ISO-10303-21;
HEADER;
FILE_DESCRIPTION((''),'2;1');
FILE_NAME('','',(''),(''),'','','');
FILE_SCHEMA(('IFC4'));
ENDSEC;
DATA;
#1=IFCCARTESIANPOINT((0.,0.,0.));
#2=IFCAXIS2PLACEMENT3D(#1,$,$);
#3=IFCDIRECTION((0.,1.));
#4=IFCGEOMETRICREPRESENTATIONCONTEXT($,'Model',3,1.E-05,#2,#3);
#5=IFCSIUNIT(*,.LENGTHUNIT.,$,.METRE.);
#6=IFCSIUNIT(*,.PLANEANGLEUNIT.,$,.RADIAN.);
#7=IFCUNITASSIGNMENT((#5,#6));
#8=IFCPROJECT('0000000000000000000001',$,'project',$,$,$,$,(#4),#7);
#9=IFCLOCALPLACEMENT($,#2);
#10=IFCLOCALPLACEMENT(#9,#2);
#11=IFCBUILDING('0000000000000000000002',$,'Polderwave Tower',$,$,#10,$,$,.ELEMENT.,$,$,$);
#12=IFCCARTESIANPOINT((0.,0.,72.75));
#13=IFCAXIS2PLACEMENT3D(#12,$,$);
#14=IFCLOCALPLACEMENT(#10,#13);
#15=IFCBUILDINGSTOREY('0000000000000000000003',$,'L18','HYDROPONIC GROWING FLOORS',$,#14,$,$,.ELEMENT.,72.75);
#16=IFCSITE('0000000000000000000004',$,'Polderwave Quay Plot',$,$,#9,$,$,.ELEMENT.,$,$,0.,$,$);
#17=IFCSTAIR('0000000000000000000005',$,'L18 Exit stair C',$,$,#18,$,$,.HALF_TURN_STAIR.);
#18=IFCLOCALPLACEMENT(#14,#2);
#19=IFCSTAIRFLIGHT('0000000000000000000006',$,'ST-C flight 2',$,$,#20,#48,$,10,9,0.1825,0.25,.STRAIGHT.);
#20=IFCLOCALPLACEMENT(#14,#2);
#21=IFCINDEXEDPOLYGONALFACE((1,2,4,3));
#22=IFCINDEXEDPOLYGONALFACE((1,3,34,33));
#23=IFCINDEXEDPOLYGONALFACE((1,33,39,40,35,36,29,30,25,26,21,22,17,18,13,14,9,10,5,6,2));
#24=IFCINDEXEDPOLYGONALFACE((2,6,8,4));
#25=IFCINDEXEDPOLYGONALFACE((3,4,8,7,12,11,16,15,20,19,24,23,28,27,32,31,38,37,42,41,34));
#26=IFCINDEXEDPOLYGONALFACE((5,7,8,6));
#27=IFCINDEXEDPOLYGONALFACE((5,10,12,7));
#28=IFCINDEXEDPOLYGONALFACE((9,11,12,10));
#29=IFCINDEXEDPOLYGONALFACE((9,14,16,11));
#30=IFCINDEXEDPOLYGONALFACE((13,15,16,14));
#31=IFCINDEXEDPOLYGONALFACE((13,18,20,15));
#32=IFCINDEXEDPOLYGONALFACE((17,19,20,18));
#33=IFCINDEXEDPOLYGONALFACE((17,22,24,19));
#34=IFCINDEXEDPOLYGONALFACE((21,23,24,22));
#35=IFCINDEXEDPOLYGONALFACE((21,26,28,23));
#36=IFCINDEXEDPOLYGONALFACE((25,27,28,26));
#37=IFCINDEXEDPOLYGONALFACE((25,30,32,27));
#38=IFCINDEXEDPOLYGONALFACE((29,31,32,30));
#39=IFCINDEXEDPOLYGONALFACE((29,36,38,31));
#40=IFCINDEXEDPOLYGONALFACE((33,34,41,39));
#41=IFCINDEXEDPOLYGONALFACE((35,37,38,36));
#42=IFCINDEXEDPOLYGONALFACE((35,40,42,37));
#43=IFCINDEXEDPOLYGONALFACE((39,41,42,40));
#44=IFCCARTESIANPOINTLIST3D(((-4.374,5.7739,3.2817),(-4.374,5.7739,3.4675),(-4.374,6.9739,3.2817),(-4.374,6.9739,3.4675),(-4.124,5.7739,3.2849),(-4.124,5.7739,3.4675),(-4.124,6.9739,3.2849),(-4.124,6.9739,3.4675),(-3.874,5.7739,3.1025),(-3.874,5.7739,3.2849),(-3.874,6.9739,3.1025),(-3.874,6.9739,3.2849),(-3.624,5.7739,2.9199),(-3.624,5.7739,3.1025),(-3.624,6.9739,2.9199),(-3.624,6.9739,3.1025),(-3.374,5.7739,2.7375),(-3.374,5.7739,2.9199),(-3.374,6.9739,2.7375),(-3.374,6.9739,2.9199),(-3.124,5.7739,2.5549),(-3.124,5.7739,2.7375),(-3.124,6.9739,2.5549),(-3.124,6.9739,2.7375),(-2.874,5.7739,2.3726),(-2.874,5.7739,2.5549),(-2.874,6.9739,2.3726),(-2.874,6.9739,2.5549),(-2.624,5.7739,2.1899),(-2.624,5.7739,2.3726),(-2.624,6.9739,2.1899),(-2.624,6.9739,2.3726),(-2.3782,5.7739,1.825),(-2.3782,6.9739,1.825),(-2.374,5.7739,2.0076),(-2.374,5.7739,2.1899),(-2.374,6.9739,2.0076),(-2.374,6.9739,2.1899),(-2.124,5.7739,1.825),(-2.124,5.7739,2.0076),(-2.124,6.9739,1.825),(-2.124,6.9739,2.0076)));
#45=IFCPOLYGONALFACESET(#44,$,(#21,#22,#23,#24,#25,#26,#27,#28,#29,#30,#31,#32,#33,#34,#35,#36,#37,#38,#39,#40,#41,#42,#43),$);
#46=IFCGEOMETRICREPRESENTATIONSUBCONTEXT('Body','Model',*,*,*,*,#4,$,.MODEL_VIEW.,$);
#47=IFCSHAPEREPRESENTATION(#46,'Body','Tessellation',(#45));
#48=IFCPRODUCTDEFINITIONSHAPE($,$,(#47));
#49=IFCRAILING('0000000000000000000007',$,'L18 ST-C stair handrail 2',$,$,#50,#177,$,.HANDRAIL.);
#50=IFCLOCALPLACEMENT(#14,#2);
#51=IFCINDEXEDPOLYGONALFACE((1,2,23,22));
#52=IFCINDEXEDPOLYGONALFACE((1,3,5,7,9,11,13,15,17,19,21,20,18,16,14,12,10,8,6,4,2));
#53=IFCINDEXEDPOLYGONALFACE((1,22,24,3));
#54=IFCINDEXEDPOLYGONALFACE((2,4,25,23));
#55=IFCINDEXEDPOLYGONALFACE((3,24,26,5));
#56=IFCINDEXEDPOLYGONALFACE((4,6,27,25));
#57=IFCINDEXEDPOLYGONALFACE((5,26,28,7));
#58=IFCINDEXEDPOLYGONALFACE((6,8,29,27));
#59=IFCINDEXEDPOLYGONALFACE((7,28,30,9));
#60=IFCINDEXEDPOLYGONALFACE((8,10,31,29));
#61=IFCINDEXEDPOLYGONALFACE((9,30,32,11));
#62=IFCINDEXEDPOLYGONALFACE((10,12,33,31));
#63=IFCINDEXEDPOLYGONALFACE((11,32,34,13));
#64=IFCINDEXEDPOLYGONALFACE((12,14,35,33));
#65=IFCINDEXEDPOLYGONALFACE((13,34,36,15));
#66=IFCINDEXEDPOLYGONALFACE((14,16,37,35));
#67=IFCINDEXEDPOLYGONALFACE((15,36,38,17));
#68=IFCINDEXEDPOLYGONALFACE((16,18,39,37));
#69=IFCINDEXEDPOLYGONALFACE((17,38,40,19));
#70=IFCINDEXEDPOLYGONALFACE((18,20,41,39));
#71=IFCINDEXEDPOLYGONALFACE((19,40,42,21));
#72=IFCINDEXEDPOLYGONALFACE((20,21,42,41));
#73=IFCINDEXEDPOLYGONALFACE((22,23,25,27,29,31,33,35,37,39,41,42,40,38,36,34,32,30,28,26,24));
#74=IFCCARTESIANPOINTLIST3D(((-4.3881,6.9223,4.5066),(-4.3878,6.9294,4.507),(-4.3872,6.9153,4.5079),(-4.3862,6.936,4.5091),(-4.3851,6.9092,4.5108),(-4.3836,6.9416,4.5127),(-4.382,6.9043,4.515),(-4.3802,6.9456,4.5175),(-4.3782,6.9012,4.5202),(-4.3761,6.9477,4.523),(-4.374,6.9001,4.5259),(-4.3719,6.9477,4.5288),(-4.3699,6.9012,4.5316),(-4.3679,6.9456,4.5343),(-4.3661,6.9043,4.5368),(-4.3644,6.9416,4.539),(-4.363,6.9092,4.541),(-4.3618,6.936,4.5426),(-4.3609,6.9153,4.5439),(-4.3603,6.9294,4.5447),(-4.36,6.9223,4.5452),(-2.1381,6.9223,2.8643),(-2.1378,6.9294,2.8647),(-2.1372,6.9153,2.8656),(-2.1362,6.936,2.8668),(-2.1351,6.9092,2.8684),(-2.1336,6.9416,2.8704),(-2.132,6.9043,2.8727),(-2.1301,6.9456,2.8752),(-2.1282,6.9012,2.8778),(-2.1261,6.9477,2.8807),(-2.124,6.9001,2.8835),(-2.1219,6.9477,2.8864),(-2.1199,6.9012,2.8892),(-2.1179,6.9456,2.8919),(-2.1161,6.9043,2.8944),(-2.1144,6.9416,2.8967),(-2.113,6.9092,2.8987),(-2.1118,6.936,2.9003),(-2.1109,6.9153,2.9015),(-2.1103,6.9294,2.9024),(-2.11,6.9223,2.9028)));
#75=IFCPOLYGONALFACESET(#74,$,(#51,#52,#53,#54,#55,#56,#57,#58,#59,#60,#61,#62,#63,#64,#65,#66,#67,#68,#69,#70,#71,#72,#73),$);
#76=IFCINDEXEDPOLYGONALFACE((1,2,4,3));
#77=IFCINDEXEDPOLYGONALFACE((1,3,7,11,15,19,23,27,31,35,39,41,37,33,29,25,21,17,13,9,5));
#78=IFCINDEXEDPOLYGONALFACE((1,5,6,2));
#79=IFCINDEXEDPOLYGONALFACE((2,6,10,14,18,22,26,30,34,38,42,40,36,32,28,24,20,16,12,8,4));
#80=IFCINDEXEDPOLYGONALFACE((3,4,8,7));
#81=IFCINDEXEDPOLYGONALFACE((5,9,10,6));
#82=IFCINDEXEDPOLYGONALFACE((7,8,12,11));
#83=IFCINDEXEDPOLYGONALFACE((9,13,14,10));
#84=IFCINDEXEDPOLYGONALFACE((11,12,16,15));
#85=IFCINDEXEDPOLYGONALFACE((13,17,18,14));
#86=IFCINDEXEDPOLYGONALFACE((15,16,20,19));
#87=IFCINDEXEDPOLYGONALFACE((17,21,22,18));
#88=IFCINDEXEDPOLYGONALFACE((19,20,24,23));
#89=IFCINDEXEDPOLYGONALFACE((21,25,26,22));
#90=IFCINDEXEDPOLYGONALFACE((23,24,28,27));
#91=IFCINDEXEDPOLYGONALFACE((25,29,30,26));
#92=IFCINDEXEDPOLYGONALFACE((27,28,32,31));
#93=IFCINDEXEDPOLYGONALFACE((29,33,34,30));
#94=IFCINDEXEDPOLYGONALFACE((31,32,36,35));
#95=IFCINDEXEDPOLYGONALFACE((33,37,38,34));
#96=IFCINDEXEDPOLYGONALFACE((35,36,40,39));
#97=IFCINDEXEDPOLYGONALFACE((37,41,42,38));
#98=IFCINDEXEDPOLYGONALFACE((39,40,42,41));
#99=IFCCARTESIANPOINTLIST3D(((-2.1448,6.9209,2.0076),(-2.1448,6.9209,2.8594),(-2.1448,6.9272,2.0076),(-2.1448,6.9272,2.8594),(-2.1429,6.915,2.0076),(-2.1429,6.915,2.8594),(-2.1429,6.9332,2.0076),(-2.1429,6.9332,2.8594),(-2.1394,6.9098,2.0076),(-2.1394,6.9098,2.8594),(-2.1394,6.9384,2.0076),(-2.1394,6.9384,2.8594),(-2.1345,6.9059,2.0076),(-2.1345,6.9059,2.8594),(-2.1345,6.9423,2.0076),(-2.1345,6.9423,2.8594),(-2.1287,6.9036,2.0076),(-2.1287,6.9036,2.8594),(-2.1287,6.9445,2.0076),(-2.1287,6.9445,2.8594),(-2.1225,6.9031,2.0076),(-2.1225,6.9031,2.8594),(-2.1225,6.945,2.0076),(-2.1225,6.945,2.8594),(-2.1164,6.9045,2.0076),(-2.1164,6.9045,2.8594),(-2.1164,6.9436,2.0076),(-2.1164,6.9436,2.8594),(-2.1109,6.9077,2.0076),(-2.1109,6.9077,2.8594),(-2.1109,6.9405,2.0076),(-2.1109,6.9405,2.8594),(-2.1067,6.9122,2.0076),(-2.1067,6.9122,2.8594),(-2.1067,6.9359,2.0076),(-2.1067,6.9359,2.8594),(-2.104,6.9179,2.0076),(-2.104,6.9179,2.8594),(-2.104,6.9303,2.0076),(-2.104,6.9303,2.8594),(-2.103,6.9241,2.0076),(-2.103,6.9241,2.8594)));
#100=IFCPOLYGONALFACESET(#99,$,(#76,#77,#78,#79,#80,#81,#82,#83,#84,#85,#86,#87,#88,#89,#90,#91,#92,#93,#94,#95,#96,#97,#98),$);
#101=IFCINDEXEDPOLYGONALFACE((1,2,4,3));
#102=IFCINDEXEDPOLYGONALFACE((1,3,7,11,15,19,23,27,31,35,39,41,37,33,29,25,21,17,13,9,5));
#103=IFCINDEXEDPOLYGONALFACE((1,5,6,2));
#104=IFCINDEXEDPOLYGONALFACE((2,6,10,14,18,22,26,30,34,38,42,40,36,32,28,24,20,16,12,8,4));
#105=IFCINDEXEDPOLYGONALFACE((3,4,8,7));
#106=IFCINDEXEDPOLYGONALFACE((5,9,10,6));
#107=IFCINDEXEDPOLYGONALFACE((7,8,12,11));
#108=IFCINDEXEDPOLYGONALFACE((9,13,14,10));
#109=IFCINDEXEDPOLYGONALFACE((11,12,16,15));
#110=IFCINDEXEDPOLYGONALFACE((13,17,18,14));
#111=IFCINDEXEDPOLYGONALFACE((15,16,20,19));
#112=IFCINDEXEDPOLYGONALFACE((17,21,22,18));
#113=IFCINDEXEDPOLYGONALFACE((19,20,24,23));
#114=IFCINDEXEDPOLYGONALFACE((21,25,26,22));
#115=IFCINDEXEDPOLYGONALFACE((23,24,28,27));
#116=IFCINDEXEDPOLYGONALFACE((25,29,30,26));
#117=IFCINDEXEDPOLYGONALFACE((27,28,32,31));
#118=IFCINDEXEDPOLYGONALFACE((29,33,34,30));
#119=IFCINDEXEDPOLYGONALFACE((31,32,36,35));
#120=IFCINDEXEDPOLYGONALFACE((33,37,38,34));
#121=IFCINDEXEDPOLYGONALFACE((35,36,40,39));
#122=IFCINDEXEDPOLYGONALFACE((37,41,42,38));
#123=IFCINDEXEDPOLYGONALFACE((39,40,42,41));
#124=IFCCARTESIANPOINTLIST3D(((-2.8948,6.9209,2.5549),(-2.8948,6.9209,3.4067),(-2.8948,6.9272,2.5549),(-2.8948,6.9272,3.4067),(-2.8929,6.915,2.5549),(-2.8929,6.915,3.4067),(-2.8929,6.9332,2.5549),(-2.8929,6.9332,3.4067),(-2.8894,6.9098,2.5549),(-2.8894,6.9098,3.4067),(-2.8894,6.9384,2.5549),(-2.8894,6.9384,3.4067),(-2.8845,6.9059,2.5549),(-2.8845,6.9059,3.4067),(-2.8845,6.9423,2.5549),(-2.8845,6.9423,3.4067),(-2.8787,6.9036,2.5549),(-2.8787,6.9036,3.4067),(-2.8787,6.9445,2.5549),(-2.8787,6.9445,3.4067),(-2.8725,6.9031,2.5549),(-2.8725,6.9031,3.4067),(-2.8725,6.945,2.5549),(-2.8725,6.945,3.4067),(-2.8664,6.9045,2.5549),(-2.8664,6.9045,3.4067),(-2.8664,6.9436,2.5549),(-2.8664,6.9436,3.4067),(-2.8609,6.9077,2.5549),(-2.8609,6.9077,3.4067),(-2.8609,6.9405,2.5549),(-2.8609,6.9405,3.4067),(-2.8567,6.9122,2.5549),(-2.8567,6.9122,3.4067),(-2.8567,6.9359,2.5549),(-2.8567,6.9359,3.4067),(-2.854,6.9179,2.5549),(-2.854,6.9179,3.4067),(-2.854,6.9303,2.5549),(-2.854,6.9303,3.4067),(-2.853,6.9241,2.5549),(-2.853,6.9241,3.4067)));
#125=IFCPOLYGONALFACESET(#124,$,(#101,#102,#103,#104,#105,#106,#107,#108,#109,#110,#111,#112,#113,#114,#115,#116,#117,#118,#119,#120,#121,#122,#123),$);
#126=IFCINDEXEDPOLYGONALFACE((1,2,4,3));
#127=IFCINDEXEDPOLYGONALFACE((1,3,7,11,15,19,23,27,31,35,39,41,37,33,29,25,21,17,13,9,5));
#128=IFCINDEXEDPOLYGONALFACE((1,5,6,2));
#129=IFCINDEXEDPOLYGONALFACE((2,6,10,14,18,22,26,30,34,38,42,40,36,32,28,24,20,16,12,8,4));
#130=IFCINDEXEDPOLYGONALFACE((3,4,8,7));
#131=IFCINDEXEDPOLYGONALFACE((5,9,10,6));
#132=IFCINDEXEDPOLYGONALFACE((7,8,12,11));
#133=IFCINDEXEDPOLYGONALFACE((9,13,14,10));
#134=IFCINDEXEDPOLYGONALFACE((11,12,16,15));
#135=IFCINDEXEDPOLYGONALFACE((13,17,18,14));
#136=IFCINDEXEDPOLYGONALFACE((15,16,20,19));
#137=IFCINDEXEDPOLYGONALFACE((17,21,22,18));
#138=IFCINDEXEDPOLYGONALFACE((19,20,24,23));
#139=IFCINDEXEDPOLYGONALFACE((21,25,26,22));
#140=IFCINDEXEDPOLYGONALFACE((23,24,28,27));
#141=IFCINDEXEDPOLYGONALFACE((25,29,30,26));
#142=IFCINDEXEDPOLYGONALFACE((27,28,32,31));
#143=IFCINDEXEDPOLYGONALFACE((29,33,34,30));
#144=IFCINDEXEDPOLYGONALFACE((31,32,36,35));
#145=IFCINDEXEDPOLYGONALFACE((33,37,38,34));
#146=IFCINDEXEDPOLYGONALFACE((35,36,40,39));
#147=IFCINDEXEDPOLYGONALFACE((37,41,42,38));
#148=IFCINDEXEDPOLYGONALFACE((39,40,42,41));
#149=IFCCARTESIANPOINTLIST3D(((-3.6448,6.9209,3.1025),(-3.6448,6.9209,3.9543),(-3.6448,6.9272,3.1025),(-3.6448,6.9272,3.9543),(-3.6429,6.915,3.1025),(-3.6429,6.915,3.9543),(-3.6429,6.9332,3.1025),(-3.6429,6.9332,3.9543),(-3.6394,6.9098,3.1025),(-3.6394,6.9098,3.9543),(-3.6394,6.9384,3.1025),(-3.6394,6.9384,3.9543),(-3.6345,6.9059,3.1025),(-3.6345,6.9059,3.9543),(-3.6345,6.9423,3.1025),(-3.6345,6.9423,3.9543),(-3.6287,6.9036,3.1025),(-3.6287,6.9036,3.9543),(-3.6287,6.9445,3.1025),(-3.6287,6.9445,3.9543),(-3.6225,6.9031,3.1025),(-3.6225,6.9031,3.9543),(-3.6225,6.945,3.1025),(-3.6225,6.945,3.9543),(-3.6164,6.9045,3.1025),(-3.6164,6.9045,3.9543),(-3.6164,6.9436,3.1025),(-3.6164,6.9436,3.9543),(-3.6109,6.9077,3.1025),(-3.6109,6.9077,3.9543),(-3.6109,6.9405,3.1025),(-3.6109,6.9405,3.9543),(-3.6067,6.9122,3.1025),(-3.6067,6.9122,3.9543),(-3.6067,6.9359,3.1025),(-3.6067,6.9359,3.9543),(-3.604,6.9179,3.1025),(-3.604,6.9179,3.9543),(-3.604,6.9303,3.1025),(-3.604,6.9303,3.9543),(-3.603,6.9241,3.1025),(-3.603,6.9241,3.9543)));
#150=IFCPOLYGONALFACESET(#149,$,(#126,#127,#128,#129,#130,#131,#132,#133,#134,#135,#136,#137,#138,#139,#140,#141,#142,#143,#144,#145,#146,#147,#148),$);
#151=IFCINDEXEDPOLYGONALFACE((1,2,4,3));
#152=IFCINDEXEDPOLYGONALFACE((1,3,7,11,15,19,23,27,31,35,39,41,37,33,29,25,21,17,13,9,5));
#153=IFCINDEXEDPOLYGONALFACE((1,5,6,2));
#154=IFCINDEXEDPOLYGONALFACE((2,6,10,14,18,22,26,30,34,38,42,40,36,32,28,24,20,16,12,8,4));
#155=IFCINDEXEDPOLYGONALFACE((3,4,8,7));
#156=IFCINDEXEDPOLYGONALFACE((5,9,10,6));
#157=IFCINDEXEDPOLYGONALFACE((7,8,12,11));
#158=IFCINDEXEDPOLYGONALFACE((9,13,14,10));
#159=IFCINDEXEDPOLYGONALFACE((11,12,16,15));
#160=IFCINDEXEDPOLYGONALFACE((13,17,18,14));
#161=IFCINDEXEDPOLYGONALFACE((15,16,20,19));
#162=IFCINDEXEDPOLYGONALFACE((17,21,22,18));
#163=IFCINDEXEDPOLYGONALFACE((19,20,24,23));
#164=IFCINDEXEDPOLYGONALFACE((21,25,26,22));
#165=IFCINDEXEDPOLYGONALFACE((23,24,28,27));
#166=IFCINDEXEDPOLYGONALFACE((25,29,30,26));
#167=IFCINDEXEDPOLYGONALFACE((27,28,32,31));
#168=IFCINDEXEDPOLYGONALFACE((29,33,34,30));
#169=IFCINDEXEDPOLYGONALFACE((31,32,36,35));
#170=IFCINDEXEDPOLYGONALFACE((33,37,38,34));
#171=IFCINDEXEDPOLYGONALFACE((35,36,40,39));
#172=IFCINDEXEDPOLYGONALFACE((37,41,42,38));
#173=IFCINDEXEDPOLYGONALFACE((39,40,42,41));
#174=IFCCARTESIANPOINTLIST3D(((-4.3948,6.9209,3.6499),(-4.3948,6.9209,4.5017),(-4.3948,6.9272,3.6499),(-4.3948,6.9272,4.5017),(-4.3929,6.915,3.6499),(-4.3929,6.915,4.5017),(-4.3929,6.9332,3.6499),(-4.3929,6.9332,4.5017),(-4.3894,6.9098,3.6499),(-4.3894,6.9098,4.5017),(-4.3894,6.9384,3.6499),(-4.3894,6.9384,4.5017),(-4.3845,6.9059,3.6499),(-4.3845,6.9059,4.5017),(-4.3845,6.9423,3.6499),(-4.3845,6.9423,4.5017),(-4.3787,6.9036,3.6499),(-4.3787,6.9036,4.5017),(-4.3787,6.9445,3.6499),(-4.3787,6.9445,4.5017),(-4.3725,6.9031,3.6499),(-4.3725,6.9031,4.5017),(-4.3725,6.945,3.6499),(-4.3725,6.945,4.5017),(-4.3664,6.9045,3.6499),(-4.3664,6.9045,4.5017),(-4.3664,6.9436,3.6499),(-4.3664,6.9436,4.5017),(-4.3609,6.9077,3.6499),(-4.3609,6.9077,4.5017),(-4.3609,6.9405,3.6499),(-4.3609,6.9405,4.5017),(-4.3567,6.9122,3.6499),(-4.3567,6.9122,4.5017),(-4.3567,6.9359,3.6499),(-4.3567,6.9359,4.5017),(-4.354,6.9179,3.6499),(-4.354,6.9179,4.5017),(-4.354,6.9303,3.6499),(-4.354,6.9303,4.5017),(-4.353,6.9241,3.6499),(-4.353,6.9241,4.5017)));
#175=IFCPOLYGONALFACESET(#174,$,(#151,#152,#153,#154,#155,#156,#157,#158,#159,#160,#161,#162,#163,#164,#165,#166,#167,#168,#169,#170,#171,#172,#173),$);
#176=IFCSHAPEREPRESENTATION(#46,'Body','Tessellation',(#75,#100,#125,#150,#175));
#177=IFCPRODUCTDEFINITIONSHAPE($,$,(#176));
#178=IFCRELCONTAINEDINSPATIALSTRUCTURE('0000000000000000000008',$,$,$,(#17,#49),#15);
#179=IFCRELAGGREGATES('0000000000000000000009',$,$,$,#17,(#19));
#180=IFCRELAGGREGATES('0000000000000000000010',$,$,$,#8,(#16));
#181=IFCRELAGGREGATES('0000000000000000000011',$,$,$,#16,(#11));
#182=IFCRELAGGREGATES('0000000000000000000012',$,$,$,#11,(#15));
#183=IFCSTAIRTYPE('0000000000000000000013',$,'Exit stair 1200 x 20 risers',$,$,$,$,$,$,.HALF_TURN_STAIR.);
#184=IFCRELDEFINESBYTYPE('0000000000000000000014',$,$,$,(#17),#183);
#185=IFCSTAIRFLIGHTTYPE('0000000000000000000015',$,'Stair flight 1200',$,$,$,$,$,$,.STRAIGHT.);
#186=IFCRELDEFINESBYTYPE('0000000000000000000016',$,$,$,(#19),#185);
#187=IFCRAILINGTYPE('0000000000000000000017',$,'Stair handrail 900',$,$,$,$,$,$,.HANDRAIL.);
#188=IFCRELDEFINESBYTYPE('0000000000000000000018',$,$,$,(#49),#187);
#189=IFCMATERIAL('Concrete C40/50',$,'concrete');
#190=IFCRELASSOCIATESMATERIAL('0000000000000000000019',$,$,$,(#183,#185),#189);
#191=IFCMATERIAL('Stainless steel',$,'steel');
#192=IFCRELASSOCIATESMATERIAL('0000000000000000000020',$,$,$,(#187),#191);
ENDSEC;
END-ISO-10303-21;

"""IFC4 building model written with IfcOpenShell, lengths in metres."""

from ifc_helpers import new_model, si_unit, direction, frame, origin, origin_2d, place, context, subcontext, project, spatial, polyline, circle, outline, extrude, material, type_object, element, aggregate, save


model = new_model("IFC4")

# Units and contexts
model_context = context("Model", 3, precision=1e-05, world=origin(), true_north=direction((0.0, 1.0)))
body_context = subcontext(model_context, "Body", "Model", "MODEL_VIEW")
ifc_project = project(units=[si_unit("LENGTHUNIT", "METRE"), si_unit("PLANEANGLEUNIT", "RADIAN")], contexts=[model_context])

# Site, building, storey
site_placement = place(None, origin())
site = spatial("IfcSite", under=ifc_project, at=site_placement, Name="Polderwave Quay Plot", CompositionType="ELEMENT", RefElevation=0.0)
building_placement = place(site_placement, origin())
building = spatial("IfcBuilding", under=site, at=building_placement, Name="Polderwave Tower", CompositionType="ELEMENT")
storey_placement = place(building_placement, frame((0.0, 0.0, 72.75)))
storey = spatial("IfcBuildingStorey", under=building, at=storey_placement, Name="L18", Description="HYDROPONIC GROWING FLOORS", CompositionType="ELEMENT", Elevation=72.75)

# Stair, stair flight
ifc_material_1 = material(Name="Concrete C40/50", Category="concrete")
stair_type = type_object("IfcStairType", Name="Exit stair 1200 x 20 risers", PredefinedType="HALF_TURN_STAIR", material=ifc_material_1)
stair_placement = place(storey_placement, origin())
stair = element("IfcStair", 1, at=stair_placement, inside=storey, type_object=stair_type, Name="L18 Exit stair C", PredefinedType="HALF_TURN_STAIR")
stair_flight_type = type_object("IfcStairFlightType", Name="Stair flight 1200", PredefinedType="STRAIGHT", material=ifc_material_1)
stair_flight_placement = place(storey_placement, frame((-2.124, 6.374, 1.825), z_axis=(0.0, 0.0, 1.0), x_axis=(-1.0, 0.0, 0.0)))
stair_flight = element("IfcStairFlight", 2, at=stair_flight_placement, type_object=stair_flight_type, Name="ST-C flight 2", NumberOfRisers=10, NumberOfTreads=9, PredefinedType="STRAIGHT", RiserHeight=0.1825, TreadLength=0.25, context=body_context, shape_type="SweptSolid", body=[
    extrude(outline(polyline([(0.0, 0.0), (0.0, 0.1826), (0.25, 0.1826), (0.25, 0.365), (0.5, 0.365), (0.5, 0.5476), (0.75, 0.5476), (0.75, 0.73), (1.0, 0.73), (1.0, 0.9126), (1.25, 0.9126), (1.25, 1.095), (1.5, 1.095), (1.5, 1.2776), (1.75, 1.2776), (1.75, 1.46), (2.0, 1.46), (2.0, 1.6426), (2.25, 1.6426), (2.25, 1.825), (2.25, 1.4568), (0.2542, 0.0), (0.0, 0.0)])), frame((0.0, 0.6001, 0.0), z_axis=(0.0, -1.0, 0.0), x_axis=(1.0, 0.0, 0.0)), (0.0, 0.0, 1.0), 1.2),
])
aggregate(stair, [stair_flight])

# Railing
ifc_material_2 = material(Name="Stainless steel", Category="steel")
railing_type = type_object("IfcRailingType", Name="Stair handrail 900", PredefinedType="HANDRAIL", material=ifc_material_2)
railing_placement = place(storey_placement, frame((-2.124, 6.9241, 2.0076)))
element("IfcRailing", 3, at=railing_placement, inside=storey, type_object=railing_type, Name="L18 ST-C stair handrail 2", PredefinedType="HANDRAIL", context=body_context, shape_type="SweptSolid", body=[
    extrude(circle(Radius=0.0239, at=origin_2d()), frame((0.0, 0.0, 0.876), z_axis=(-0.807715, 0.0, 0.589573), x_axis=(0.0, -1.0, 0.0)), (0.0, 0.0, 1.0), 2.7856),
    extrude(circle(Radius=0.021, at=origin_2d()), origin(), (0.0, 0.0, 1.0), 0.8518),
    extrude(circle(Radius=0.021, at=origin_2d()), frame((-0.75, 0.0, 0.5474)), (0.0, 0.0, 1.0), 0.8518),
    extrude(circle(Radius=0.021, at=origin_2d()), frame((-1.5, 0.0, 1.095)), (0.0, 0.0, 1.0), 0.8518),
    extrude(circle(Radius=0.021, at=origin_2d()), frame((-2.25, 0.0, 1.6423)), (0.0, 0.0, 1.0), 0.8518),
])

save(model, "model.ifc")
